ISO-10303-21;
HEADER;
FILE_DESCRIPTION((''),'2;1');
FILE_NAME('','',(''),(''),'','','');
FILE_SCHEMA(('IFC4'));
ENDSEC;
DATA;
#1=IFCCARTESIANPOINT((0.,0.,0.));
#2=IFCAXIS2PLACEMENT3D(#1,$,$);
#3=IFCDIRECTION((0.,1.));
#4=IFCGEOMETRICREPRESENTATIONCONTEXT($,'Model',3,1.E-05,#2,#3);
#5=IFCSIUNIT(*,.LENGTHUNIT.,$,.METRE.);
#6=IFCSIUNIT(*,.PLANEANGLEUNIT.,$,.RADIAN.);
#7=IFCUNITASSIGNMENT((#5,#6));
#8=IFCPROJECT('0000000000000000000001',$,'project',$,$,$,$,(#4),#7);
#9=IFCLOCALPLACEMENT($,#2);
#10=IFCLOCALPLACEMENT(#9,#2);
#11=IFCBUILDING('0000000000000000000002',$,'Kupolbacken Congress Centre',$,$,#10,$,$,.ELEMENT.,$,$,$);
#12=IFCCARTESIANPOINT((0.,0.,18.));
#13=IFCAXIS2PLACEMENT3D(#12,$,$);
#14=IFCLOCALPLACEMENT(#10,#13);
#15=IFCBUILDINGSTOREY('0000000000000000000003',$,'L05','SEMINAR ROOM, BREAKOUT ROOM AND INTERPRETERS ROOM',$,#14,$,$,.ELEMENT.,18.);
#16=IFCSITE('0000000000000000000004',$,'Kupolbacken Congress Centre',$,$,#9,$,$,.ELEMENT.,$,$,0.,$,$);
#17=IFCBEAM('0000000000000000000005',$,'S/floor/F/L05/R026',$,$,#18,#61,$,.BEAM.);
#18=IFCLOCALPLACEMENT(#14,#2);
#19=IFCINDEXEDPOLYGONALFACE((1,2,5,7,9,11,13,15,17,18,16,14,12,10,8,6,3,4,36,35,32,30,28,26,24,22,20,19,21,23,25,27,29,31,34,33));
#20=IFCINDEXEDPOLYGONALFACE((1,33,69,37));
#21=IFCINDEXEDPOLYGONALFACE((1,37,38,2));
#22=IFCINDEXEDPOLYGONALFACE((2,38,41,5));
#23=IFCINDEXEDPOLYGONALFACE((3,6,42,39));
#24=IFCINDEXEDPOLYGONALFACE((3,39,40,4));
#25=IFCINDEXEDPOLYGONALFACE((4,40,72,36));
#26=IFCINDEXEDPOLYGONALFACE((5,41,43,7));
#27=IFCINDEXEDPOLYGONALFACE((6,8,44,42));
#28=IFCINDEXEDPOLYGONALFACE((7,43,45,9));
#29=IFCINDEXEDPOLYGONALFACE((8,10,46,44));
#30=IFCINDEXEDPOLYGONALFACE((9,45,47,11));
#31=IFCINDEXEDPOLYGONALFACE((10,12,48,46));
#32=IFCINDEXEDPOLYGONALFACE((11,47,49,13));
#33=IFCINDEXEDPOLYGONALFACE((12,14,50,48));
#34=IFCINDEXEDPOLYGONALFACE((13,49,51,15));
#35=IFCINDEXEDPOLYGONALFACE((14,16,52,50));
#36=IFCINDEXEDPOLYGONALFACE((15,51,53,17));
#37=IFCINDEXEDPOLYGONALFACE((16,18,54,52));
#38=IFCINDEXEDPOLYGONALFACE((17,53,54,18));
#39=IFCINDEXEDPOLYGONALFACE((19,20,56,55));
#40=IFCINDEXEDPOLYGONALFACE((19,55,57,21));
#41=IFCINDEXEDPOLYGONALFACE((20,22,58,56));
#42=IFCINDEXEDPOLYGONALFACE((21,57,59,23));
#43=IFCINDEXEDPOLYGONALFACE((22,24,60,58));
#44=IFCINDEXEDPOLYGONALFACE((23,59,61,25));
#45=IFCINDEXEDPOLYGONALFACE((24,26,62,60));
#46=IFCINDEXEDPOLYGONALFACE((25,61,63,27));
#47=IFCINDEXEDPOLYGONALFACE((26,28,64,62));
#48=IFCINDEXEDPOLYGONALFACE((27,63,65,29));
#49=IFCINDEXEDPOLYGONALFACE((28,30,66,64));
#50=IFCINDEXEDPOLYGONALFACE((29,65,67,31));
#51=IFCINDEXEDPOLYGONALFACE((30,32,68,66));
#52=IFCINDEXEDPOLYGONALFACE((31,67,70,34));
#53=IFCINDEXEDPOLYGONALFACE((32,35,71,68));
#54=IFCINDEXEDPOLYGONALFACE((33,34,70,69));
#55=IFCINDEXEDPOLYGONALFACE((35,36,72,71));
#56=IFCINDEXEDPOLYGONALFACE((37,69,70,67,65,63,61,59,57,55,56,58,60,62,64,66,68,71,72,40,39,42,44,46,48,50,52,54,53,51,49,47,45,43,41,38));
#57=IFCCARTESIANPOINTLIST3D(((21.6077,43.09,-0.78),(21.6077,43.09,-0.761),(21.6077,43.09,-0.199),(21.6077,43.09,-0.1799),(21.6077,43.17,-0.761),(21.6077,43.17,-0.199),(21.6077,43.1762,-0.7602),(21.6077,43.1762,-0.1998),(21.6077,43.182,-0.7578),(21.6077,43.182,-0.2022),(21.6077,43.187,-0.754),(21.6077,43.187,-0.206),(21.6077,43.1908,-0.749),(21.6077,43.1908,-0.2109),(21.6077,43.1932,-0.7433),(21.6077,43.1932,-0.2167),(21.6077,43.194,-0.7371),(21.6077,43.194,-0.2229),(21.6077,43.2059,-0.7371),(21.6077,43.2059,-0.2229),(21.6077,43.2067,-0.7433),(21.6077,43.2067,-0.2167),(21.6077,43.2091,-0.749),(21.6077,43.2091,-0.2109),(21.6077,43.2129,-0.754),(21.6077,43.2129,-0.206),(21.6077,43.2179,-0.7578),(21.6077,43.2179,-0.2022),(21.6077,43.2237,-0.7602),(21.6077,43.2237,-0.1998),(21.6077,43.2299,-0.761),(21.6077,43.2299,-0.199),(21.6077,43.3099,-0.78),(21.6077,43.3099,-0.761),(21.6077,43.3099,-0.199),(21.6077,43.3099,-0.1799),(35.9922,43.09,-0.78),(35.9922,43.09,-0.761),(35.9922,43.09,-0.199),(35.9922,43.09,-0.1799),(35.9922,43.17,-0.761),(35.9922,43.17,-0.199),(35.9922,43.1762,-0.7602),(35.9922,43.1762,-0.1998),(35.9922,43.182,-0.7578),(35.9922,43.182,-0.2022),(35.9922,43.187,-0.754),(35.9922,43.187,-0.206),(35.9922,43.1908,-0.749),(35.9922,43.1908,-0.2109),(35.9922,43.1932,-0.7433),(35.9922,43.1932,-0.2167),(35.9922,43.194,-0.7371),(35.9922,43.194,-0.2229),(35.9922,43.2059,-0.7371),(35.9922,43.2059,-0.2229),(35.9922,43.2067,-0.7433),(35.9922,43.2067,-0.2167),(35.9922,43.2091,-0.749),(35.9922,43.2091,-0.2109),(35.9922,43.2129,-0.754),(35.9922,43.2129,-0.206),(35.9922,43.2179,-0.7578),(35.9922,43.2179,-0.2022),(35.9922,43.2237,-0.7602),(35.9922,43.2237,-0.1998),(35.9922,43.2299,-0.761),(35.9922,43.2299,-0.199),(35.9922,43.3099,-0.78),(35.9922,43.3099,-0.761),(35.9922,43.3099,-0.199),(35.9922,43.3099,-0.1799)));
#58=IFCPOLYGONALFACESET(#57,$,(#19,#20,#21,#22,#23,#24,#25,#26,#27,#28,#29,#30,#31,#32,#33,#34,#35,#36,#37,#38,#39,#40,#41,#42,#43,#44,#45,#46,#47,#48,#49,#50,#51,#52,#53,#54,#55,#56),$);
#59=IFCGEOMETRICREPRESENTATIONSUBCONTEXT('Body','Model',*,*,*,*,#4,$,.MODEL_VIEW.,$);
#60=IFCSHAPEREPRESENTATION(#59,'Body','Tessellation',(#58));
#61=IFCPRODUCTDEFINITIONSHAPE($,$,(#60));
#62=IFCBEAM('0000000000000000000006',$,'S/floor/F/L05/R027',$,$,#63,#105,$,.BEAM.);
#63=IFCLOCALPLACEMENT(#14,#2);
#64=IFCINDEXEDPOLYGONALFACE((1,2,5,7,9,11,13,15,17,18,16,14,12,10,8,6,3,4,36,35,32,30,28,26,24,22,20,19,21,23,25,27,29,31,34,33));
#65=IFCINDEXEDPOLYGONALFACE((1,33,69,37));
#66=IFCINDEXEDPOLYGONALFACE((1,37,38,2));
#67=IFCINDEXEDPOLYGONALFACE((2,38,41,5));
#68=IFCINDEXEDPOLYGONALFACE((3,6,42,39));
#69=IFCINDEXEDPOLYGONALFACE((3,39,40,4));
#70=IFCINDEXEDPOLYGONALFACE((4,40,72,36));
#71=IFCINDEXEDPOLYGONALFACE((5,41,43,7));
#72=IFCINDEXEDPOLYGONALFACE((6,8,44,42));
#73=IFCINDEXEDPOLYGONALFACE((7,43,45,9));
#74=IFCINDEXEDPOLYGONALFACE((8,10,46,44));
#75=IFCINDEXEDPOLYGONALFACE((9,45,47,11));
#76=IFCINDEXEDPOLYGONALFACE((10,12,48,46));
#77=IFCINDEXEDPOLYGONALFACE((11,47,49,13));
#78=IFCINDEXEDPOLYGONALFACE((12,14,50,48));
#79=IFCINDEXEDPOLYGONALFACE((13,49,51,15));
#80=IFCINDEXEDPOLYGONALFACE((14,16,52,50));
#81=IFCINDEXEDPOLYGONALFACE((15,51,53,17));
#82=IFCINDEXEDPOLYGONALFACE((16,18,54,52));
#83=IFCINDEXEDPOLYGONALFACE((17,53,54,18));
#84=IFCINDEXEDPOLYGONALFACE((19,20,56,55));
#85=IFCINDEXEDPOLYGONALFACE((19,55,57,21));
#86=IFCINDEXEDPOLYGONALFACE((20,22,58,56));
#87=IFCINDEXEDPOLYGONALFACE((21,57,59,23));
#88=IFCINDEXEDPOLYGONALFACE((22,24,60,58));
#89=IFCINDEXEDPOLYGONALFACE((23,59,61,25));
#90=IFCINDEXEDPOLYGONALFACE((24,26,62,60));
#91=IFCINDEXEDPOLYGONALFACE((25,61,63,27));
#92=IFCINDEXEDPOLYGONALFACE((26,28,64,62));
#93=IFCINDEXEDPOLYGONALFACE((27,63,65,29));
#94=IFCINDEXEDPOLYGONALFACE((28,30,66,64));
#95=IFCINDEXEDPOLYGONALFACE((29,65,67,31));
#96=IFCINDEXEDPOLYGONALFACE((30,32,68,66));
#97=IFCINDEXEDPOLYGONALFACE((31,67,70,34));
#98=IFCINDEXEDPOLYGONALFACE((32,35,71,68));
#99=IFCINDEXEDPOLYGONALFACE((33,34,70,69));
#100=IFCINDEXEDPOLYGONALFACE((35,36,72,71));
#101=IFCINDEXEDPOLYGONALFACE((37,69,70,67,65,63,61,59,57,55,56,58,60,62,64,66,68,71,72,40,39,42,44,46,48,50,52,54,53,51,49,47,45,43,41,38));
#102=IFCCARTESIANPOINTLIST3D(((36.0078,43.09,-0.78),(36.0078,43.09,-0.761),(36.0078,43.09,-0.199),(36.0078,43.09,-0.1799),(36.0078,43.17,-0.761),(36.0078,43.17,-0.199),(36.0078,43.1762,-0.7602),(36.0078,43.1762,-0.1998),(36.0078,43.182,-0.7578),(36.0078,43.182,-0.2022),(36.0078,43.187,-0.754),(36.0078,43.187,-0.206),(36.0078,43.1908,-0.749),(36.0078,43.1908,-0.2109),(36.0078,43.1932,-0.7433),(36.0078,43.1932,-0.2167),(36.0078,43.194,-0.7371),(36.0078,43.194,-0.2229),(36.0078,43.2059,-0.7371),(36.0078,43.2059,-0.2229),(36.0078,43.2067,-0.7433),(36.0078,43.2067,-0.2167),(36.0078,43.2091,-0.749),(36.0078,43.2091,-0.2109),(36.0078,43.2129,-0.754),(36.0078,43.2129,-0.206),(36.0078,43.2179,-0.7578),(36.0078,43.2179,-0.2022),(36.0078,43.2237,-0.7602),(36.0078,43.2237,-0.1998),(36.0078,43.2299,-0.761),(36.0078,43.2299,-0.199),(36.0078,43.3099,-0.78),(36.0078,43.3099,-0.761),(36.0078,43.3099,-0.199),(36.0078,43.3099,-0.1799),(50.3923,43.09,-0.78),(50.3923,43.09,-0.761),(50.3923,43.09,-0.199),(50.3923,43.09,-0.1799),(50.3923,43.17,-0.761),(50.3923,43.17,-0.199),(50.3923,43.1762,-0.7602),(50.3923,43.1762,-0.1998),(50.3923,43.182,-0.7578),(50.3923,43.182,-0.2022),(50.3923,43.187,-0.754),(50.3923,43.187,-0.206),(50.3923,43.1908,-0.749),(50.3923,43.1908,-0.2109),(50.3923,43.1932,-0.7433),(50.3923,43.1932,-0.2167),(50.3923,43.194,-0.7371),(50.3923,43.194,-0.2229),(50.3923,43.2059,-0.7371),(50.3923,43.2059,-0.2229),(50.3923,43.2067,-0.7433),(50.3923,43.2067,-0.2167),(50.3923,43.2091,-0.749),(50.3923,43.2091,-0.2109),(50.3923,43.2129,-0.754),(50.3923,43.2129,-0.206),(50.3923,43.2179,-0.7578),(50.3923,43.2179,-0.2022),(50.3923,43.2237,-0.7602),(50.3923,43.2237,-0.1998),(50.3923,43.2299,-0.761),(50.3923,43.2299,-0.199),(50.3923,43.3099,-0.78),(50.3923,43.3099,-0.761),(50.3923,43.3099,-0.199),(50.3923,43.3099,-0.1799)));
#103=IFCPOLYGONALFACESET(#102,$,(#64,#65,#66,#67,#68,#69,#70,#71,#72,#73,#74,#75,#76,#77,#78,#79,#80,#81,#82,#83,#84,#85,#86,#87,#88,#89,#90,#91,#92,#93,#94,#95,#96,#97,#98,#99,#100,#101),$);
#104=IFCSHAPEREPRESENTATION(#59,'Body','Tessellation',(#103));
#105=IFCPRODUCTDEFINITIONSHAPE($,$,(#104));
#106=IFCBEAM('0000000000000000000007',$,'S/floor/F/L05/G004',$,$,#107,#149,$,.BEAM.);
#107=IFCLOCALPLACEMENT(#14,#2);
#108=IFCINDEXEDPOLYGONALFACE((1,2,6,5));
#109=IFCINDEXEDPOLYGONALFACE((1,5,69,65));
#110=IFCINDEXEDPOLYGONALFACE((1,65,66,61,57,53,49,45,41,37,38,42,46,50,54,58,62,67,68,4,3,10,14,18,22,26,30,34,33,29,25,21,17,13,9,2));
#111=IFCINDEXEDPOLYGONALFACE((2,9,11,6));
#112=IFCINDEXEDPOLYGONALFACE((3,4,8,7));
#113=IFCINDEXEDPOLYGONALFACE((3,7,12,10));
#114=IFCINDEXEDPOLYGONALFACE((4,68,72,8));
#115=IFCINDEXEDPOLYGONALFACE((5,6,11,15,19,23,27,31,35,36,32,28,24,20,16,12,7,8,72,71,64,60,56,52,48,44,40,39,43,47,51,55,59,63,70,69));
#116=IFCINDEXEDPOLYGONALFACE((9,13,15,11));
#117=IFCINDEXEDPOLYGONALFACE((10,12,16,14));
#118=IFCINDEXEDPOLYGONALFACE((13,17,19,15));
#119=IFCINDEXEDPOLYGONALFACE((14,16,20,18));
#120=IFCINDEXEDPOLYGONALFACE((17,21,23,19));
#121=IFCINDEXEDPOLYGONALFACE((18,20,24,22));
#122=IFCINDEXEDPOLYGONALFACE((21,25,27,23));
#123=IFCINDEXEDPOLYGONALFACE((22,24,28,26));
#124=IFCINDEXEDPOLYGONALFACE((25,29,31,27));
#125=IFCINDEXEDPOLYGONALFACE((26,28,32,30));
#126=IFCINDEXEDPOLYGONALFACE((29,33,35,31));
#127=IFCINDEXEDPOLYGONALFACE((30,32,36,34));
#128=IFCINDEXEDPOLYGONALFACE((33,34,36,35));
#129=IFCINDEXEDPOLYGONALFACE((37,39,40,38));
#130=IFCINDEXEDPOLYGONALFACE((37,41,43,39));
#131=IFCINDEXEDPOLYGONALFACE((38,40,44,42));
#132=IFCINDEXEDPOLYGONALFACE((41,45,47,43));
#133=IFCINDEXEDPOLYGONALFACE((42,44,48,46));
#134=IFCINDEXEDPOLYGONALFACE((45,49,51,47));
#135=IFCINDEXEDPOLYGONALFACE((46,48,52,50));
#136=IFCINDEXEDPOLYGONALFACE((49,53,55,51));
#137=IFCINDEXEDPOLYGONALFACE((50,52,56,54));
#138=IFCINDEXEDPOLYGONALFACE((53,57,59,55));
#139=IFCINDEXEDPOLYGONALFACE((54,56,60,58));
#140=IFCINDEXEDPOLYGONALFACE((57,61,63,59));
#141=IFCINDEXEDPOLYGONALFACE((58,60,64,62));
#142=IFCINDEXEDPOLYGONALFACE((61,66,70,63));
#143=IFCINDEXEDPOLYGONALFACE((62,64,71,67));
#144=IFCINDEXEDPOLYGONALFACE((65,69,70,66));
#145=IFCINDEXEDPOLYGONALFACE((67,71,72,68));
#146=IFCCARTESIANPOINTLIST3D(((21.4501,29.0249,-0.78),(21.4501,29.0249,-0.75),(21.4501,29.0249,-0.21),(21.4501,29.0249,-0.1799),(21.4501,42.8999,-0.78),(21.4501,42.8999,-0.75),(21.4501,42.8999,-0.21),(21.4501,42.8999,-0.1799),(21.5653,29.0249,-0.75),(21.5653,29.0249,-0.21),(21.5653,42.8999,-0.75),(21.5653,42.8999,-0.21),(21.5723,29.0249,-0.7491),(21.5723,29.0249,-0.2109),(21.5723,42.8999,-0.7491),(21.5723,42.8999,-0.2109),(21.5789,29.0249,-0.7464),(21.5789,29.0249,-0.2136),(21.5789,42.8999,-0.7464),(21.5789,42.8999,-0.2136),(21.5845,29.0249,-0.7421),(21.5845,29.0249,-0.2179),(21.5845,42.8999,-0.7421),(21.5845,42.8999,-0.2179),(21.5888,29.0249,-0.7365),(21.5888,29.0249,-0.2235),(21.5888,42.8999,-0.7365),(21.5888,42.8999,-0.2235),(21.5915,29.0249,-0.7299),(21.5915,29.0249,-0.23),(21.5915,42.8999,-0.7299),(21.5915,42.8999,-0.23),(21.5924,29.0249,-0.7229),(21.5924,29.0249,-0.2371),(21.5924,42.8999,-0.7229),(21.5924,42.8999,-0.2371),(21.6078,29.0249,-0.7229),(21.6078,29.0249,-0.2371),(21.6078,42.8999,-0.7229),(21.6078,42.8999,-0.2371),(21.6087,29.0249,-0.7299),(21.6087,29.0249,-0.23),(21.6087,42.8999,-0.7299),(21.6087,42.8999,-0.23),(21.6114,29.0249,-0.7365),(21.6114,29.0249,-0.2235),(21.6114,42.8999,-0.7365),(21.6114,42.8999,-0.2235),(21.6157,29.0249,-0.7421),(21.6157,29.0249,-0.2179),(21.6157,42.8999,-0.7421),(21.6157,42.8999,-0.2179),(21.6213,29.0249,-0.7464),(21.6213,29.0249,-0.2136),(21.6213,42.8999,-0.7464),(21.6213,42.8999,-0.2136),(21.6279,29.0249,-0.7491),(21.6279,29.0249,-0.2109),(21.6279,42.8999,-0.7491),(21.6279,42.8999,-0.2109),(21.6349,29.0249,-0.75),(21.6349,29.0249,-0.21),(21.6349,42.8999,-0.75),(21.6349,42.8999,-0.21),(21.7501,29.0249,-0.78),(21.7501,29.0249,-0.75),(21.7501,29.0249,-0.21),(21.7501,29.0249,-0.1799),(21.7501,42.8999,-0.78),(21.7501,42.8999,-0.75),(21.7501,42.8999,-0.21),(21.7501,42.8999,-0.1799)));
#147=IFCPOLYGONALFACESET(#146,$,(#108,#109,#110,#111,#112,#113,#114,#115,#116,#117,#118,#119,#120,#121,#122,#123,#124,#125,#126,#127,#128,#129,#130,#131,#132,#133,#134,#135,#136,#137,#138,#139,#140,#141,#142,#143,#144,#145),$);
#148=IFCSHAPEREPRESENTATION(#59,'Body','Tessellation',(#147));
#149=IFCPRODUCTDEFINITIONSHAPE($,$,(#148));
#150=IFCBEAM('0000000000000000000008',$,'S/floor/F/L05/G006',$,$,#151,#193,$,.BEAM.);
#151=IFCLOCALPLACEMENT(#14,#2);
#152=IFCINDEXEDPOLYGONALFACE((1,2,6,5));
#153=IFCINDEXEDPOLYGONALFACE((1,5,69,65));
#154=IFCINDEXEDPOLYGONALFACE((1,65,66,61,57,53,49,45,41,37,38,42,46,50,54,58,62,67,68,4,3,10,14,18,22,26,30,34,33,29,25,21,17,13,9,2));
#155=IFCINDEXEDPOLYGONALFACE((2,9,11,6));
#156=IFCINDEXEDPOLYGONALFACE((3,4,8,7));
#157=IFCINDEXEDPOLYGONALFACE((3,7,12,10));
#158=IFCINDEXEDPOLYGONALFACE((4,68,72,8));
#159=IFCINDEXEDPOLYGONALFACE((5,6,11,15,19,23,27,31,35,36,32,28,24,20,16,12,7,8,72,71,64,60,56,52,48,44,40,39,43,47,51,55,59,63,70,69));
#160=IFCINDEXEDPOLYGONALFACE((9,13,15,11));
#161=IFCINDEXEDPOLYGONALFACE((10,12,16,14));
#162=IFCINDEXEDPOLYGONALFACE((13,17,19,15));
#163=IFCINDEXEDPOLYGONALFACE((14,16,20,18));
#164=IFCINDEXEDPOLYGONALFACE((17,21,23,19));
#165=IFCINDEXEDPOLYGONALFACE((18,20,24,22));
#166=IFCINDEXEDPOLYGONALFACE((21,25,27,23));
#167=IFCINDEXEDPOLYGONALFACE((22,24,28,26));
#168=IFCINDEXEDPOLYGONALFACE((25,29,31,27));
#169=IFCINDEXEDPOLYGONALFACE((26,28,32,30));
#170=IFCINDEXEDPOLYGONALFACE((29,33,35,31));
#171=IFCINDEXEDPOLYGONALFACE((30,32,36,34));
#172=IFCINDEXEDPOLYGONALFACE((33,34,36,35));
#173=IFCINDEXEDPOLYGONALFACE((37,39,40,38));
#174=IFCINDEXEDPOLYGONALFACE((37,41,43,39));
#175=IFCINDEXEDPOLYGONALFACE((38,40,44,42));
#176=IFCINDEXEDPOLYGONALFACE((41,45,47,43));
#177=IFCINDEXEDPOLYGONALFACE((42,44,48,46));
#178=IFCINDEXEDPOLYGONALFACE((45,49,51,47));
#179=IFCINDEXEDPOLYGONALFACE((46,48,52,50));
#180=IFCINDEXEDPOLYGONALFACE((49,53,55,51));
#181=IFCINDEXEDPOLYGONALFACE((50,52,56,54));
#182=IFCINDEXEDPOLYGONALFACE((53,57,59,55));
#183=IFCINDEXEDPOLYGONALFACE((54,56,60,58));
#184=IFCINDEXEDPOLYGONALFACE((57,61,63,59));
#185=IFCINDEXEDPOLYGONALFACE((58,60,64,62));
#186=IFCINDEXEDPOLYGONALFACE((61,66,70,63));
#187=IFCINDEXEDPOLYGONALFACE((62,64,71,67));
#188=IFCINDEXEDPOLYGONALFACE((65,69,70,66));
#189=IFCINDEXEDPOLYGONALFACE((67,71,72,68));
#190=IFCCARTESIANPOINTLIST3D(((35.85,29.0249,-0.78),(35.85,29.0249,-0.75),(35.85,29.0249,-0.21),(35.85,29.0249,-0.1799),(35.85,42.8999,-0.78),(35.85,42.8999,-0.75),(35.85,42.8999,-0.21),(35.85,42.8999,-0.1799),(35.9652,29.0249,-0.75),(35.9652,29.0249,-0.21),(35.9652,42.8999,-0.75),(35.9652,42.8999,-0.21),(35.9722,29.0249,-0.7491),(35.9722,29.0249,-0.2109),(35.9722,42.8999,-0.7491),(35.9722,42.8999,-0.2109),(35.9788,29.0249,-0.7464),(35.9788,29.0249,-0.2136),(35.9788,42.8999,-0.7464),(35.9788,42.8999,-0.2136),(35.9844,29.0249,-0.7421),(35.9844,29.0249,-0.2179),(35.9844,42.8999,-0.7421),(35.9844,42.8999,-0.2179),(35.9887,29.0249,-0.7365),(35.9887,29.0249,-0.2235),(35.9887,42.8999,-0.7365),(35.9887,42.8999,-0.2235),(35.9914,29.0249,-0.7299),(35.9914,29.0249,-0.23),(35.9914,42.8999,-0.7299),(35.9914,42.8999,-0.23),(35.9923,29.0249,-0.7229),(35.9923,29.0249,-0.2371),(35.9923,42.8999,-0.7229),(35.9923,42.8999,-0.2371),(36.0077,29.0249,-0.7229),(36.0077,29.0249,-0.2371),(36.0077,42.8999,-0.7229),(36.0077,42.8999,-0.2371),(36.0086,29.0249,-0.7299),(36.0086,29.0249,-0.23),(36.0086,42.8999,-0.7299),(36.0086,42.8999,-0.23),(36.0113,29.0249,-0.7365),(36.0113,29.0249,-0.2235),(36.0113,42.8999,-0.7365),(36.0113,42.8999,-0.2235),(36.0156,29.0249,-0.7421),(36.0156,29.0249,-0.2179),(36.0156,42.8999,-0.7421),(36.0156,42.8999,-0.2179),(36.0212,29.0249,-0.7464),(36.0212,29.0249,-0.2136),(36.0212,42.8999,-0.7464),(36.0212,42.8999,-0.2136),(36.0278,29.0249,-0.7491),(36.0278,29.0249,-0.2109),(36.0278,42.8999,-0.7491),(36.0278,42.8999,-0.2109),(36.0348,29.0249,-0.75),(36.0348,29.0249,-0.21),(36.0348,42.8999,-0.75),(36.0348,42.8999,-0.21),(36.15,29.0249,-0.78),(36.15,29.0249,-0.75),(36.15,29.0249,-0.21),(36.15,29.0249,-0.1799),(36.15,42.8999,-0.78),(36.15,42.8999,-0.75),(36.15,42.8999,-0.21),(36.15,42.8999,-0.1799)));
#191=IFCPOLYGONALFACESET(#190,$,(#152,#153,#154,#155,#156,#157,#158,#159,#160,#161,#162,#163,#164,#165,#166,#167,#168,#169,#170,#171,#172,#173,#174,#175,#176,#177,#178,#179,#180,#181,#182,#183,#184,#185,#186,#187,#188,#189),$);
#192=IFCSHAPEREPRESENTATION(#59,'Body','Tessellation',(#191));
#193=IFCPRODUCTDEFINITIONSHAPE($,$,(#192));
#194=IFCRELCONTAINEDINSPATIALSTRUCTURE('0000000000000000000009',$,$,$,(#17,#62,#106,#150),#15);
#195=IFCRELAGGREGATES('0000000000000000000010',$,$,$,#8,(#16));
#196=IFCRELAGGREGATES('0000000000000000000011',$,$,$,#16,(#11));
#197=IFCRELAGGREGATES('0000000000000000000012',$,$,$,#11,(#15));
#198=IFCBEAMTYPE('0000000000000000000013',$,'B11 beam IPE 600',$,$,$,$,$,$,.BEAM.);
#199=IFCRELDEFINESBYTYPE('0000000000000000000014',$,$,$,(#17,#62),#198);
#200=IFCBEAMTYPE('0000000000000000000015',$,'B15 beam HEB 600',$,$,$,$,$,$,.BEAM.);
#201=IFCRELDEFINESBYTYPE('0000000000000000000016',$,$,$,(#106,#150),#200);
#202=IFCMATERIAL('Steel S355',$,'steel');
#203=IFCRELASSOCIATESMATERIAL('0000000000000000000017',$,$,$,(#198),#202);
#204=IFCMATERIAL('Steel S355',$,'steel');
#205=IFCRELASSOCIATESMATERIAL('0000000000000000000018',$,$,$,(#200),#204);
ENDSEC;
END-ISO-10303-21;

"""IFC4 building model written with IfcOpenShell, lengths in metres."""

from ifc_helpers import new_model, si_unit, direction, frame, origin, origin_2d, place, context, subcontext, project, spatial, i_section, extrude, material, material_profile, profile_set, type_object, element, save


model = new_model("IFC4")

# Units and contexts
model_context = context("Model", 3, precision=1e-05, world=origin(), true_north=direction((0.0, 1.0)))
body_context = subcontext(model_context, "Body", "Model", "MODEL_VIEW")
ifc_project = project(units=[si_unit("LENGTHUNIT", "METRE"), si_unit("PLANEANGLEUNIT", "RADIAN")], contexts=[model_context])

# Site, building, storey
site_placement = place(None, origin())
site = spatial("IfcSite", under=ifc_project, at=site_placement, Name="Kupolbacken Congress Centre", CompositionType="ELEMENT", RefElevation=0.0)
building_placement = place(site_placement, origin())
building = spatial("IfcBuilding", under=site, at=building_placement, Name="Kupolbacken Congress Centre", CompositionType="ELEMENT")
storey_placement = place(building_placement, frame((0.0, 0.0, 18.0)))
storey = spatial("IfcBuildingStorey", under=building, at=storey_placement, Name="L05", Description="SEMINAR ROOM, BREAKOUT ROOM AND INTERPRETERS ROOM", CompositionType="ELEMENT", Elevation=18.0)

# Beams
ifc_material_1 = material(Name="Steel S355", Category="steel")
ifc_material_profile_1 = material_profile(ifc_material_1, i_section(OverallWidth=0.22, OverallDepth=0.6001, WebThickness=0.012, FlangeThickness=0.019, FilletRadius=0.0239, at=origin_2d()), Name="IPE 600")
ifc_profile_set_1 = profile_set([ifc_material_profile_1], Name="Steel S355")
beam_type_1 = type_object("IfcBeamType", Name="B11 beam IPE 600", PredefinedType="BEAM", material=ifc_profile_set_1)
for number, where, z_axis, x_axis, name in (
    (1, (21.6077, 43.2, -0.48), (1.0, 0.0, 0.0), (0.0, 1.0, 0.0), "S/floor/F/L05/R026"),
    (2, (36.0078, 43.2, -0.48), (1.0, 0.0, 0.0), (0.0, 1.0, 0.0), "S/floor/F/L05/R027"),
):
    element("IfcBeam", number, at=place(storey_placement, frame(where, z_axis=z_axis, x_axis=x_axis)), inside=storey, type_object=beam_type_1, Name=name, PredefinedType="BEAM", context=body_context, shape_type="SweptSolid", body=[
        extrude(i_section(OverallWidth=0.22, OverallDepth=0.6001, WebThickness=0.012, FlangeThickness=0.019, FilletRadius=0.0239, at=origin_2d()), origin(), (0.0, 0.0, 1.0), 14.3845),
    ])
ifc_material_2 = material(Name="Steel S355", Category="steel")
ifc_material_profile_2 = material_profile(ifc_material_2, i_section(OverallWidth=0.3, OverallDepth=0.6001, WebThickness=0.0154, FlangeThickness=0.03, FilletRadius=0.0271, at=origin_2d()), Name="HEB 600")
ifc_profile_set_2 = profile_set([ifc_material_profile_2], Name="Steel S355")
beam_type_2 = type_object("IfcBeamType", Name="B15 beam HEB 600", PredefinedType="BEAM", material=ifc_profile_set_2)
for number, where, z_axis, x_axis, name in (
    (3, (21.6001, 29.0249, -0.48), (0.0, 1.0, 0.0), (-1.0, 0.0, 0.0), "S/floor/F/L05/G004"),
    (4, (36.0, 29.0249, -0.48), (0.0, 1.0, 0.0), (-1.0, 0.0, 0.0), "S/floor/F/L05/G006"),
):
    element("IfcBeam", number, at=place(storey_placement, frame(where, z_axis=z_axis, x_axis=x_axis)), inside=storey, type_object=beam_type_2, Name=name, PredefinedType="BEAM", context=body_context, shape_type="SweptSolid", body=[
        extrude(i_section(OverallWidth=0.3, OverallDepth=0.6001, WebThickness=0.0154, FlangeThickness=0.03, FilletRadius=0.0271, at=origin_2d()), origin(), (0.0, 0.0, 1.0), 13.875),
    ])

save(model, "model.ifc")
